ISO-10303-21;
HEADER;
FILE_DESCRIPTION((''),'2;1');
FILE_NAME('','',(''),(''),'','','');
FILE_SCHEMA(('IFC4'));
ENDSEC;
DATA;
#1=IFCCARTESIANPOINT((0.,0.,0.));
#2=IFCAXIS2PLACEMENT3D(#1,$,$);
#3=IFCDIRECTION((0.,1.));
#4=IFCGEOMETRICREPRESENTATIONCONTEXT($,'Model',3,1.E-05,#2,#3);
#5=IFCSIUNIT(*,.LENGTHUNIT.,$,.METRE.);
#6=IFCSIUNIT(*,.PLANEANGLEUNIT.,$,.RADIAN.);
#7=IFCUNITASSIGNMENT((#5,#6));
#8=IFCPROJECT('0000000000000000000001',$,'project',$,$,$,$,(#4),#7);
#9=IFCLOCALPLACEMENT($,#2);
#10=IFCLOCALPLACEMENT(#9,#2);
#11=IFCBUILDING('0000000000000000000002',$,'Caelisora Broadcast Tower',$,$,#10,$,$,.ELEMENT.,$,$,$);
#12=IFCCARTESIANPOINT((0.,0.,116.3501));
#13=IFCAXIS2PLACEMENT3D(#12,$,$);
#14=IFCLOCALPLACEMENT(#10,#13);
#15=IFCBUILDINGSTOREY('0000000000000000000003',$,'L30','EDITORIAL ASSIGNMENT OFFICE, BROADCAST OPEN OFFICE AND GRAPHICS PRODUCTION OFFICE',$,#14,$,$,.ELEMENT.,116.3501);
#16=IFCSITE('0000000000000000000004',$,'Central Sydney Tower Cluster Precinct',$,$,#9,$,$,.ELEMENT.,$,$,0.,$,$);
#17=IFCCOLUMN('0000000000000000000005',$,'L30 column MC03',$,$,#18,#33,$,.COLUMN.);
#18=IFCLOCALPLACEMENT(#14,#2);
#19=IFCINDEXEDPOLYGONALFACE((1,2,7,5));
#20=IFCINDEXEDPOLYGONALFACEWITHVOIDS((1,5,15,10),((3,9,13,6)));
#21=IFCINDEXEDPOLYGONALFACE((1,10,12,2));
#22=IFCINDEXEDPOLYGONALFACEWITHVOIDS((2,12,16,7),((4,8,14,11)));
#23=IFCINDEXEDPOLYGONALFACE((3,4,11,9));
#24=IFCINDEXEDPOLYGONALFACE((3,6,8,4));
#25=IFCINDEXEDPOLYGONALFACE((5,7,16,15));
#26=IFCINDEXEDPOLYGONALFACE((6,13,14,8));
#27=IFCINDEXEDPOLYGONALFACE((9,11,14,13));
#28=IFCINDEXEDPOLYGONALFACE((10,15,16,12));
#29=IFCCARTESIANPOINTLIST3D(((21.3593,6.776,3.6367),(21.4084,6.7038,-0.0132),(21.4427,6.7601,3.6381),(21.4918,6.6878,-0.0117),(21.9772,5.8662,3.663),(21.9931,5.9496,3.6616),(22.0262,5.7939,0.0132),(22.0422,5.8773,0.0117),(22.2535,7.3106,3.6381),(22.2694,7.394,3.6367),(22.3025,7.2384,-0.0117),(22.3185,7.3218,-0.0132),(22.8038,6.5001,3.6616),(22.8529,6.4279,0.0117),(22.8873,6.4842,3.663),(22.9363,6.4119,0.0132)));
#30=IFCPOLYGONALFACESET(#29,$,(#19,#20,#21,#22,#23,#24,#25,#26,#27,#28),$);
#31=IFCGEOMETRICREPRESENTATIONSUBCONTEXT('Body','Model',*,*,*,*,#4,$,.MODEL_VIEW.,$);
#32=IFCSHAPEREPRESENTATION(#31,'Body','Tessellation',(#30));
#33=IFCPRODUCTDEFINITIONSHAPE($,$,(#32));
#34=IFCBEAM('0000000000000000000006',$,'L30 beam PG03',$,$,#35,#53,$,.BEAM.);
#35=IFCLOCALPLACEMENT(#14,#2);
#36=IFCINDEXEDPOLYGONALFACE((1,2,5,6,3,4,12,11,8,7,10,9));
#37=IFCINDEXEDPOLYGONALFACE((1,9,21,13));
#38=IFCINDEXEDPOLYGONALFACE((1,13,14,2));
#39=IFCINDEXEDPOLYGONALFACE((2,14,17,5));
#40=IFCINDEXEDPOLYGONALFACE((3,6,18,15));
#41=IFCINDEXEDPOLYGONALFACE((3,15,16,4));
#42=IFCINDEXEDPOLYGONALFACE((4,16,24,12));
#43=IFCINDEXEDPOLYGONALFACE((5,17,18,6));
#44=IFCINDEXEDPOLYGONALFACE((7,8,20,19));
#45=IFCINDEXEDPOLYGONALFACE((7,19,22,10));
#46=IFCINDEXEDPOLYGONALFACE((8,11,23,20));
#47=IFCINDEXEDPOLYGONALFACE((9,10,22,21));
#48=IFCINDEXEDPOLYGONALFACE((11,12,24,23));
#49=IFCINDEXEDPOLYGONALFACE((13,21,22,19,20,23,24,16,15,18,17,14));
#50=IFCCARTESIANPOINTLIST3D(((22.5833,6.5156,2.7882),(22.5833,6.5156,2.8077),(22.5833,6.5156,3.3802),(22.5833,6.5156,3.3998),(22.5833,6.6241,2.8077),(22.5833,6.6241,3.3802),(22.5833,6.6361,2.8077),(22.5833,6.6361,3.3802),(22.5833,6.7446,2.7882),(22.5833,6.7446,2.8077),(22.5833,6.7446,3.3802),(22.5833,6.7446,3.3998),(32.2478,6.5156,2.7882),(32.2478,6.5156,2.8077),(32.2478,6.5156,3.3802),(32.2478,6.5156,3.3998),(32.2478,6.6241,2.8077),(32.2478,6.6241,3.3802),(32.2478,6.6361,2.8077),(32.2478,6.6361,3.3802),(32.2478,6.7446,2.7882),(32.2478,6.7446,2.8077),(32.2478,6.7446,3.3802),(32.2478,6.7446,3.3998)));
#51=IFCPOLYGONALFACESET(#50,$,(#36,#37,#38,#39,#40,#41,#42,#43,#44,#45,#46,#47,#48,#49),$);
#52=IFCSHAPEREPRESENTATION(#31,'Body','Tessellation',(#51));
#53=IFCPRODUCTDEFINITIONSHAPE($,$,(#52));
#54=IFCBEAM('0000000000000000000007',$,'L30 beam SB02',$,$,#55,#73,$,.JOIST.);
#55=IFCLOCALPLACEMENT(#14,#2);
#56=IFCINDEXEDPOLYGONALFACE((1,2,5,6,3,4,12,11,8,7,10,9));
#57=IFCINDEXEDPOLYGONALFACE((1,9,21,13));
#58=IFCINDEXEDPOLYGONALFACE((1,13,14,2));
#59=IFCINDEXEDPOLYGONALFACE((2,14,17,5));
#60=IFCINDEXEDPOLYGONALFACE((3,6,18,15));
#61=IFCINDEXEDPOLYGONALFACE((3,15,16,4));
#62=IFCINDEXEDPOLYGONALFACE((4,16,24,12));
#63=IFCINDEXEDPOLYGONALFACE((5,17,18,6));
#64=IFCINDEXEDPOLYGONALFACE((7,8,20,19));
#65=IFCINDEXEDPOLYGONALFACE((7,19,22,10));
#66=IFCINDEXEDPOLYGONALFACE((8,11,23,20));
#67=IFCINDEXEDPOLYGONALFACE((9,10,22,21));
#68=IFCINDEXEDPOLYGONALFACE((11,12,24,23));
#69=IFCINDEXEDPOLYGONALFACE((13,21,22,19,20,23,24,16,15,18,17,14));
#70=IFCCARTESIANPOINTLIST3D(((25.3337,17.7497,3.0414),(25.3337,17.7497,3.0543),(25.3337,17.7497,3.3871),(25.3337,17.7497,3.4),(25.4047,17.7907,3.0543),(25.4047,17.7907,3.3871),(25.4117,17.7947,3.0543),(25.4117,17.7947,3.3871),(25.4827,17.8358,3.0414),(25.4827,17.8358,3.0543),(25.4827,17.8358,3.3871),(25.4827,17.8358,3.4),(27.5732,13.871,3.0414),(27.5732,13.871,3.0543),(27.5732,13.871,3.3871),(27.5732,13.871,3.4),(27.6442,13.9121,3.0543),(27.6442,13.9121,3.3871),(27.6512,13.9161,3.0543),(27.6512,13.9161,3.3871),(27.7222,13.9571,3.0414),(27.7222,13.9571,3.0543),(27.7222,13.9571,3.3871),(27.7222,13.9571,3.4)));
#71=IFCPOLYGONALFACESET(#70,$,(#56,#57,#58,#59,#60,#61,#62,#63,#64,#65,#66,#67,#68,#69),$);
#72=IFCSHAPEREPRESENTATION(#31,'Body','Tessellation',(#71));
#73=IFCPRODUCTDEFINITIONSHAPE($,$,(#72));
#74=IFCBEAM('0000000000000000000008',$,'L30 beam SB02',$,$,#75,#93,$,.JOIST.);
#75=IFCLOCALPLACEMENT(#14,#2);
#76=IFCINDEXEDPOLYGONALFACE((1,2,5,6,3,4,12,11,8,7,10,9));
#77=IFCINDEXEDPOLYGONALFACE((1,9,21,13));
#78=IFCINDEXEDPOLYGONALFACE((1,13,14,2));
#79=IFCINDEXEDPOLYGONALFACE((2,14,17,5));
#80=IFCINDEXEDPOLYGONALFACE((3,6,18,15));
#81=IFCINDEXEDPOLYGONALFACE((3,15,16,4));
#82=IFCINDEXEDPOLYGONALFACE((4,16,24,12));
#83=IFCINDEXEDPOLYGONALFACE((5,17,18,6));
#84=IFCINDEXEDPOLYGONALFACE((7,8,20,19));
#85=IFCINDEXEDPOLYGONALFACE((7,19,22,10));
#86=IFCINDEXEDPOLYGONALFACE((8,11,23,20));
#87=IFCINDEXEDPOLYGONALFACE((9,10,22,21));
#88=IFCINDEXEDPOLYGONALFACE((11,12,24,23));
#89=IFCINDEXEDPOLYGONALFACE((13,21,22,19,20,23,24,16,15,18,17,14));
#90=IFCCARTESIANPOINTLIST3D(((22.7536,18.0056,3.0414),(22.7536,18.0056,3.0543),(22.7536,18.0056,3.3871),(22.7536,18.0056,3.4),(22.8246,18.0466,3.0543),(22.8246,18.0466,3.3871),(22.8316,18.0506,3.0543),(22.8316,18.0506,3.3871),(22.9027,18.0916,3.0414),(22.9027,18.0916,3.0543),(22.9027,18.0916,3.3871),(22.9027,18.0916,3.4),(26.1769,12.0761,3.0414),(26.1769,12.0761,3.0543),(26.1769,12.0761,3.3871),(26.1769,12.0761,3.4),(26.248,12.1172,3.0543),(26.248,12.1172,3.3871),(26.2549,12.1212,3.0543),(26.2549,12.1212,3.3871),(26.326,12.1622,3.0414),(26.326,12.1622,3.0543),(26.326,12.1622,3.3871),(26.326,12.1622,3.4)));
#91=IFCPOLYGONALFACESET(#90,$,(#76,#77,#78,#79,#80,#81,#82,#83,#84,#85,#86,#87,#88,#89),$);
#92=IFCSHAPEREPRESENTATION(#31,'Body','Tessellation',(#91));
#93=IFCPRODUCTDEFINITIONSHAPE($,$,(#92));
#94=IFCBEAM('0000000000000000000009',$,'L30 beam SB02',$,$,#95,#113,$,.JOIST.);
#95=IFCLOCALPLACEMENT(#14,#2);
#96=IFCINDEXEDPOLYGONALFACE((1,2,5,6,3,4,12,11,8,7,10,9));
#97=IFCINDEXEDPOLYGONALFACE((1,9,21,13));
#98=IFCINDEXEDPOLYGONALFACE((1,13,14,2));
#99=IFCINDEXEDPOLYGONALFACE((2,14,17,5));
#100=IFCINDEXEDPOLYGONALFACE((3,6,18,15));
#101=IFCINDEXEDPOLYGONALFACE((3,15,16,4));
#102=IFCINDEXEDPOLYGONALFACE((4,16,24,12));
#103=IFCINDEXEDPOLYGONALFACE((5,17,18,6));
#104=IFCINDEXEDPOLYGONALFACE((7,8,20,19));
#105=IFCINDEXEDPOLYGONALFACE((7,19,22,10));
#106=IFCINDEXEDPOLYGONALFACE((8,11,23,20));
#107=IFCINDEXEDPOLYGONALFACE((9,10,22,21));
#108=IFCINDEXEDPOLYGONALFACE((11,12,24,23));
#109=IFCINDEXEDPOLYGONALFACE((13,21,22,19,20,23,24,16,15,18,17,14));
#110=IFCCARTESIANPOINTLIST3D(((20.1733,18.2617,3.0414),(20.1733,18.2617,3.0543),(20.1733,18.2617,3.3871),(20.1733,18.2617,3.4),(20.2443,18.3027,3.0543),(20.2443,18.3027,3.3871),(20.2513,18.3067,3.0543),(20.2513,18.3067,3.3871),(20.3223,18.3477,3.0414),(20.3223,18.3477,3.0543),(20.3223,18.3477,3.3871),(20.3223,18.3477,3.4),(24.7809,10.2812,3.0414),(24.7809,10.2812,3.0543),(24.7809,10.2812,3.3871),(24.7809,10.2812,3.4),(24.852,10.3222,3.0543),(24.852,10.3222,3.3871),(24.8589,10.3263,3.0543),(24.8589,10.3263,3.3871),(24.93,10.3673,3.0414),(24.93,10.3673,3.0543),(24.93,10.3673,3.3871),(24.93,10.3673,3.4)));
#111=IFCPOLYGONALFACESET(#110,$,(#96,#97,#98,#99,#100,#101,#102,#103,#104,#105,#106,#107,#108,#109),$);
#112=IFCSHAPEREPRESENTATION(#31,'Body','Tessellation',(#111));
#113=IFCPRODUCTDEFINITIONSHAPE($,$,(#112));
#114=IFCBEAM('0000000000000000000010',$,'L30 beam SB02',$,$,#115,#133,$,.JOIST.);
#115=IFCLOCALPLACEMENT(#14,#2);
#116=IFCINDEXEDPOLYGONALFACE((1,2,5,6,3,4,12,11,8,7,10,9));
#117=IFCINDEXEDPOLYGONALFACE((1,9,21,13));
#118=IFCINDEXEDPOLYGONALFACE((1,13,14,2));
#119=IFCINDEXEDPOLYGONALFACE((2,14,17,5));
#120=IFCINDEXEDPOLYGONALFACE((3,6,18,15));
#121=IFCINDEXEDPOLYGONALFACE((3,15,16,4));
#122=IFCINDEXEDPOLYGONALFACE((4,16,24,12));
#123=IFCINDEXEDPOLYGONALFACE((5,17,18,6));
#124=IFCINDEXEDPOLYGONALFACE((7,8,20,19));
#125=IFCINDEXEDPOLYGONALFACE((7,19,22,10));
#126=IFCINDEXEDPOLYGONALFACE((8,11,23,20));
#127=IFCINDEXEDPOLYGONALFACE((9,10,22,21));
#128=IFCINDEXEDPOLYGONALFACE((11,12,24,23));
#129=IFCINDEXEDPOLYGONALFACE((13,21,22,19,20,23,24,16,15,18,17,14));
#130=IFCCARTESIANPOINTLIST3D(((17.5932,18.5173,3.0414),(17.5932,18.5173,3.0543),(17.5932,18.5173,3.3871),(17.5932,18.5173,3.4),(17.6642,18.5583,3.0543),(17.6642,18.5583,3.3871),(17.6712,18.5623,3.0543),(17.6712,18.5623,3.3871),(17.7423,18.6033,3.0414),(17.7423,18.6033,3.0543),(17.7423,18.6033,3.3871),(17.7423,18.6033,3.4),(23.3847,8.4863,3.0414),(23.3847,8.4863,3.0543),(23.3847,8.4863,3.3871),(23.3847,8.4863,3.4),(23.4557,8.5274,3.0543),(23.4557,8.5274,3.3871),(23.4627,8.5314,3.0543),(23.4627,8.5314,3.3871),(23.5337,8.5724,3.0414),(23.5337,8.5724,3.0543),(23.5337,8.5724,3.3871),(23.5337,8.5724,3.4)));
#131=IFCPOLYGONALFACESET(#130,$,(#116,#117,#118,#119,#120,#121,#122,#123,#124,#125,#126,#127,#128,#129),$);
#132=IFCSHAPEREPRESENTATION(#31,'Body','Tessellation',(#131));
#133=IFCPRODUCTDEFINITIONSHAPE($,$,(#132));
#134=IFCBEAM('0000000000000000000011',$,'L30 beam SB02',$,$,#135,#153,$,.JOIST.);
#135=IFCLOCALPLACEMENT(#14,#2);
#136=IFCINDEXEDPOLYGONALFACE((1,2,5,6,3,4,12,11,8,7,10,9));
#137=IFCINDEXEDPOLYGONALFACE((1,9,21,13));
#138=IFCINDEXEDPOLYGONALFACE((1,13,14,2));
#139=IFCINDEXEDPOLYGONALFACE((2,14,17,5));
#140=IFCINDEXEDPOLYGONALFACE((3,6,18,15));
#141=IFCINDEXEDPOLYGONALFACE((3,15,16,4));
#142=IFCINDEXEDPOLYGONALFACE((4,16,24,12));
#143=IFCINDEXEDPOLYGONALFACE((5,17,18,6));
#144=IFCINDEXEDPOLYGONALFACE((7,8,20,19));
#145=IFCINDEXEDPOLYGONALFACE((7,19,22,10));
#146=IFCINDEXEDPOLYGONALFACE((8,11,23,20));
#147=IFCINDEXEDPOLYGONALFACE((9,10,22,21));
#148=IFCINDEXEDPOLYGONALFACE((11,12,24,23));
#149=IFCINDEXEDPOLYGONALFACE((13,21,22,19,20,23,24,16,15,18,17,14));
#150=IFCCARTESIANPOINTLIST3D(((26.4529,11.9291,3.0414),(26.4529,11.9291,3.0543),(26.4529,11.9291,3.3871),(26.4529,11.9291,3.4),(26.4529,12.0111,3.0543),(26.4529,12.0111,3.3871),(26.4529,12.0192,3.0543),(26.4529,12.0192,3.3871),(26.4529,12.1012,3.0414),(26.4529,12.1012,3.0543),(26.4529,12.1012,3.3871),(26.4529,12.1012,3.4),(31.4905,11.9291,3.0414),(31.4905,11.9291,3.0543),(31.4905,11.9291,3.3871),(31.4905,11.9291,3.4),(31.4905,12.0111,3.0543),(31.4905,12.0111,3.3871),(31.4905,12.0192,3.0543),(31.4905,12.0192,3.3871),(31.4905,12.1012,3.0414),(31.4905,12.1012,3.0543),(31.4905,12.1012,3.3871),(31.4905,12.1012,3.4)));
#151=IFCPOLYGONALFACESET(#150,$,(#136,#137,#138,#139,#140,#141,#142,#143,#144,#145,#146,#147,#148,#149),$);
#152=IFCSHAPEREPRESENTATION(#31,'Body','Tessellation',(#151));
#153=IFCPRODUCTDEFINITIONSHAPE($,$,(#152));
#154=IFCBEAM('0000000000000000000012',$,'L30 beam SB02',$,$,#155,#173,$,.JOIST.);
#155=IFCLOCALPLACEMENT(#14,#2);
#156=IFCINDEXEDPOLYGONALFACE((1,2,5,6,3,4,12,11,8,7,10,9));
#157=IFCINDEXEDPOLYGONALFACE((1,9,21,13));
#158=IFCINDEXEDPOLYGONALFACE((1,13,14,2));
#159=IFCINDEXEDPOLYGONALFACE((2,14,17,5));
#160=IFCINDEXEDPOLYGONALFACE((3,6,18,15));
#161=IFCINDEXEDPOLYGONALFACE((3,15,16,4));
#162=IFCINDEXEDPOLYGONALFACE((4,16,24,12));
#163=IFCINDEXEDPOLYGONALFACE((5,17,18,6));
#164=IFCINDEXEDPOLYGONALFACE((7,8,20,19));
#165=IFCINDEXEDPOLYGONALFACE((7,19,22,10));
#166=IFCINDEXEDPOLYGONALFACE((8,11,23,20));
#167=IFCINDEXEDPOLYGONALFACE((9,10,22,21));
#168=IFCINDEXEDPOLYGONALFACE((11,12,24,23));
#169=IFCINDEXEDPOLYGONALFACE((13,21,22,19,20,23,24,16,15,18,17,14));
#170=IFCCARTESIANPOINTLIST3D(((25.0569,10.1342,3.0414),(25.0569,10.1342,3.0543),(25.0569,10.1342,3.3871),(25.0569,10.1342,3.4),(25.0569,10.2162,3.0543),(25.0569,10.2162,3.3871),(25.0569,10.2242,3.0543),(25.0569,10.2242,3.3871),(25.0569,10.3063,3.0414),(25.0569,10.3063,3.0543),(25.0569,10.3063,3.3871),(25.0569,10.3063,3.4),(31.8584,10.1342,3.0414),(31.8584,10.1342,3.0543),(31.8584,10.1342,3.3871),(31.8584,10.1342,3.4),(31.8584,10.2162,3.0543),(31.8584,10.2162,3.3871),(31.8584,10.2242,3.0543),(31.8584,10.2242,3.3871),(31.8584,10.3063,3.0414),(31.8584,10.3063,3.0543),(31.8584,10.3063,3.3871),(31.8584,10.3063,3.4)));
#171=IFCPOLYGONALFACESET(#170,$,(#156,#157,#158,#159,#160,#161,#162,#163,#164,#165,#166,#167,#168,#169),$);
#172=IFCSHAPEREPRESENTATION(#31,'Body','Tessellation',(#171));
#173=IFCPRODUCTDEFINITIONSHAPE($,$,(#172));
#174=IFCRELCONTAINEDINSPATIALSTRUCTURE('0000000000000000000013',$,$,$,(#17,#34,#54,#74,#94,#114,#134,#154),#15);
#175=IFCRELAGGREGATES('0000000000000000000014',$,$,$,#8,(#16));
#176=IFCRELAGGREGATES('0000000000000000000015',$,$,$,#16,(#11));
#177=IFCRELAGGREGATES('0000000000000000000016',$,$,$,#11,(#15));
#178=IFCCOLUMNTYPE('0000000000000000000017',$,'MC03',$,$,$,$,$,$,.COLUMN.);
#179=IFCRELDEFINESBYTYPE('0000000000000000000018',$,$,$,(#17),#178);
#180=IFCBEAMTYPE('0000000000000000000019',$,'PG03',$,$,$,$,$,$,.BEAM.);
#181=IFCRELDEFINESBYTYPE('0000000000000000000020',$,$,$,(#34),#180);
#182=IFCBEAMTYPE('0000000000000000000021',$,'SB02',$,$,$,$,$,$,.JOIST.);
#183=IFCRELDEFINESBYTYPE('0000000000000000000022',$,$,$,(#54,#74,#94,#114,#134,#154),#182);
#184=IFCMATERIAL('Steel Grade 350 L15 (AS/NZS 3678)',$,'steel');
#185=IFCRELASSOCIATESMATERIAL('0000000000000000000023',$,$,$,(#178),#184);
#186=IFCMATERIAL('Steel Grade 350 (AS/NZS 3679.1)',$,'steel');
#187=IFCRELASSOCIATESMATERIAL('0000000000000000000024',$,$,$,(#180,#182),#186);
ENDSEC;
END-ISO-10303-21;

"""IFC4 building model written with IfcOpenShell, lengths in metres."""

from ifc_helpers import new_model, si_unit, direction, frame, origin, origin_2d, place, context, subcontext, project, spatial, hollow_rectangle, i_section, extrude, source, transform, mapped, material, material_profile, profile_set, type_object, type_shapes, element, save


model = new_model("IFC4")

# Units and contexts
model_context = context("Model", 3, precision=1e-05, world=origin(), true_north=direction((0.0, 1.0)))
body_context = subcontext(model_context, "Body", "Model", "MODEL_VIEW")
ifc_project = project(units=[si_unit("LENGTHUNIT", "METRE"), si_unit("PLANEANGLEUNIT", "RADIAN")], contexts=[model_context])

# Site, building, storey
site_placement = place(None, origin())
site = spatial("IfcSite", under=ifc_project, at=site_placement, Name="Central Sydney Tower Cluster Precinct", CompositionType="ELEMENT", RefElevation=0.0)
building_placement = place(site_placement, origin())
building = spatial("IfcBuilding", under=site, at=building_placement, Name="Caelisora Broadcast Tower", CompositionType="ELEMENT")
storey_placement = place(building_placement, frame((0.0, 0.0, 116.3501)))
storey = spatial("IfcBuildingStorey", under=building, at=storey_placement, Name="L30", Description="EDITORIAL ASSIGNMENT OFFICE, BROADCAST OPEN OFFICE AND GRAPHICS PRODUCTION OFFICE", CompositionType="ELEMENT", Elevation=116.3501)

# Column
ifc_material_1 = material(Name="Steel Grade 350 L15 (AS/NZS 3678)", Category="steel")
ifc_material_profile_1 = material_profile(ifc_material_1, hollow_rectangle(XDim=1.1001, YDim=1.1001, WallThickness=0.0601, at=origin_2d()), Name="Steel Grade 350 L15 (AS/NZS 3678)")
ifc_profile_set_1 = profile_set([ifc_material_profile_1], Name="Steel Grade 350 L15 (AS/NZS 3678)")
column_type = type_object("IfcColumnType", Name="MC03", PredefinedType="COLUMN", material=ifc_profile_set_1)
shared_shape_1 = source(origin(), body_context, "Body", "SweptSolid", [
    extrude(hollow_rectangle(XDim=1.1001, YDim=1.1001, WallThickness=0.0601, at=origin_2d()), origin(), (0.0, 0.0, 1.0), 3.6509),
])
type_shapes(column_type, [shared_shape_1])
column_placement = place(storey_placement, frame((22.1724, 6.5579, 0.0), z_axis=(-0.013441, 0.019794, 0.999714), x_axis=(-0.82729, -0.561775, 0.0)))
element("IfcColumn", 1, at=column_placement, inside=storey, type_object=column_type, Name="L30 column MC03", PredefinedType="COLUMN", context=body_context, shape_type="MappedRepresentation", body=[
    mapped(shared_shape_1, transform((0.0, 0.0, 0.0), scale=1.0)),
])

# Beams
ifc_material_2 = material(Name="Steel Grade 350 (AS/NZS 3679.1)", Category="steel")
ifc_material_profile_2 = material_profile(ifc_material_2, i_section(OverallWidth=0.229, OverallDepth=0.6116, WebThickness=0.012, FlangeThickness=0.0195, at=origin_2d()), Name="Steel Grade 350 (AS/NZS 3679.1)")
ifc_profile_set_2 = profile_set([ifc_material_profile_2], Name="Steel Grade 350 (AS/NZS 3679.1)")
beam_type_1 = type_object("IfcBeamType", Name="PG03", PredefinedType="BEAM", material=ifc_profile_set_2)
shared_shape_2 = source(origin(), body_context, "Body", "SweptSolid", [
    extrude(i_section(OverallWidth=0.229, OverallDepth=0.6116, WebThickness=0.012, FlangeThickness=0.0195, at=origin_2d()), origin(), (0.0, 0.0, 1.0), 9.6646),
])
type_shapes(beam_type_1, [shared_shape_2])
beam_1_placement = place(storey_placement, frame((22.5833, 6.6301, 3.094), z_axis=(1.0, 0.0, 0.0), x_axis=(0.0, 1.0, 0.0)))
element("IfcBeam", 2, at=beam_1_placement, inside=storey, type_object=beam_type_1, Name="L30 beam PG03", PredefinedType="BEAM", context=body_context, shape_type="MappedRepresentation", body=[
    mapped(shared_shape_2, transform((0.0, 0.0, 0.0), scale=1.0)),
])
ifc_material_profile_3 = material_profile(ifc_material_2, i_section(OverallWidth=0.1721, OverallDepth=0.3586, WebThickness=0.0081, FlangeThickness=0.0129, at=origin_2d()), Name="Steel Grade 350 (AS/NZS 3679.1)")
ifc_profile_set_3 = profile_set([ifc_material_profile_3], Name="Steel Grade 350 (AS/NZS 3679.1)")
beam_type_2 = type_object("IfcBeamType", Name="SB02", PredefinedType="JOIST", material=ifc_profile_set_3)
shared_shape_3 = source(origin(), body_context, "Body", "SweptSolid", [
    extrude(i_section(OverallWidth=0.1721, OverallDepth=0.3586, WebThickness=0.0081, FlangeThickness=0.0129, at=origin_2d()), origin(), (0.0, 0.0, 1.0), 4.4788),
])
beam_2_placement = place(storey_placement, frame((25.4082, 17.7927, 3.2207), z_axis=(0.500026, -0.86601, 0.0), x_axis=(0.86601, 0.500026, 0.0)))
element("IfcBeam", 3, at=beam_2_placement, inside=storey, type_object=beam_type_2, Name="L30 beam SB02", PredefinedType="JOIST", context=body_context, shape_type="MappedRepresentation", body=[
    mapped(shared_shape_3, transform((0.0, 0.0, 0.0), scale=1.0)),
])
shared_shape_4 = source(origin(), body_context, "Body", "SweptSolid", [
    extrude(i_section(OverallWidth=0.1721, OverallDepth=0.3586, WebThickness=0.0081, FlangeThickness=0.0129, at=origin_2d()), origin(), (0.0, 0.0, 1.0), 6.8467),
])
beam_3_placement = place(storey_placement, frame((22.8281, 18.0486, 3.2207), z_axis=(0.499997, -0.866027, 0.0), x_axis=(0.866027, 0.499997, 0.0)))
element("IfcBeam", 4, at=beam_3_placement, inside=storey, type_object=beam_type_2, Name="L30 beam SB02", PredefinedType="JOIST", context=body_context, shape_type="MappedRepresentation", body=[
    mapped(shared_shape_4, transform((0.0, 0.0, 0.0), scale=1.0)),
])
shared_shape_5 = source(origin(), body_context, "Body", "SweptSolid", [
    extrude(i_section(OverallWidth=0.1721, OverallDepth=0.3586, WebThickness=0.0081, FlangeThickness=0.0129, at=origin_2d()), origin(), (0.0, 0.0, 1.0), 9.2151),
])
beam_4_placement = place(storey_placement, frame((20.2478, 18.3047, 3.2207), z_axis=(0.500011, -0.866019, 0.0), x_axis=(0.866019, 0.500011, 0.0)))
element("IfcBeam", 5, at=beam_4_placement, inside=storey, type_object=beam_type_2, Name="L30 beam SB02", PredefinedType="JOIST", context=body_context, shape_type="MappedRepresentation", body=[
    mapped(shared_shape_5, transform((0.0, 0.0, 0.0), scale=1.0)),
])
shared_shape_6 = source(origin(), body_context, "Body", "SweptSolid", [
    extrude(i_section(OverallWidth=0.1721, OverallDepth=0.3586, WebThickness=0.0081, FlangeThickness=0.0129, at=origin_2d()), origin(), (0.0, 0.0, 1.0), 11.5828),
])
beam_5_placement = place(storey_placement, frame((17.6677, 18.5603, 3.2207), z_axis=(0.500006, -0.866022, 0.0), x_axis=(0.866022, 0.500006, 0.0)))
element("IfcBeam", 6, at=beam_5_placement, inside=storey, type_object=beam_type_2, Name="L30 beam SB02", PredefinedType="JOIST", context=body_context, shape_type="MappedRepresentation", body=[
    mapped(shared_shape_6, transform((0.0, 0.0, 0.0), scale=1.0)),
])
shared_shape_7 = source(origin(), body_context, "Body", "SweptSolid", [
    extrude(i_section(OverallWidth=0.1721, OverallDepth=0.3586, WebThickness=0.0081, FlangeThickness=0.0129, at=origin_2d()), origin(), (0.0, 0.0, 1.0), 5.0376),
])
beam_6_placement = place(storey_placement, frame((26.4529, 12.0151, 3.2207), z_axis=(1.0, 0.0, 0.0), x_axis=(0.0, 1.0, 0.0)))
element("IfcBeam", 7, at=beam_6_placement, inside=storey, type_object=beam_type_2, Name="L30 beam SB02", PredefinedType="JOIST", context=body_context, shape_type="MappedRepresentation", body=[
    mapped(shared_shape_7, transform((0.0, 0.0, 0.0), scale=1.0)),
])
shared_shape_8 = source(origin(), body_context, "Body", "SweptSolid", [
    extrude(i_section(OverallWidth=0.1721, OverallDepth=0.3586, WebThickness=0.0081, FlangeThickness=0.0129, at=origin_2d()), origin(), (0.0, 0.0, 1.0), 6.8015),
])
beam_7_placement = place(storey_placement, frame((25.0569, 10.2202, 3.2207), z_axis=(1.0, 0.0, 0.0), x_axis=(0.0, 1.0, 0.0)))
element("IfcBeam", 8, at=beam_7_placement, inside=storey, type_object=beam_type_2, Name="L30 beam SB02", PredefinedType="JOIST", context=body_context, shape_type="MappedRepresentation", body=[
    mapped(shared_shape_8, transform((0.0, 0.0, 0.0), scale=1.0)),
])

save(model, "model.ifc")
